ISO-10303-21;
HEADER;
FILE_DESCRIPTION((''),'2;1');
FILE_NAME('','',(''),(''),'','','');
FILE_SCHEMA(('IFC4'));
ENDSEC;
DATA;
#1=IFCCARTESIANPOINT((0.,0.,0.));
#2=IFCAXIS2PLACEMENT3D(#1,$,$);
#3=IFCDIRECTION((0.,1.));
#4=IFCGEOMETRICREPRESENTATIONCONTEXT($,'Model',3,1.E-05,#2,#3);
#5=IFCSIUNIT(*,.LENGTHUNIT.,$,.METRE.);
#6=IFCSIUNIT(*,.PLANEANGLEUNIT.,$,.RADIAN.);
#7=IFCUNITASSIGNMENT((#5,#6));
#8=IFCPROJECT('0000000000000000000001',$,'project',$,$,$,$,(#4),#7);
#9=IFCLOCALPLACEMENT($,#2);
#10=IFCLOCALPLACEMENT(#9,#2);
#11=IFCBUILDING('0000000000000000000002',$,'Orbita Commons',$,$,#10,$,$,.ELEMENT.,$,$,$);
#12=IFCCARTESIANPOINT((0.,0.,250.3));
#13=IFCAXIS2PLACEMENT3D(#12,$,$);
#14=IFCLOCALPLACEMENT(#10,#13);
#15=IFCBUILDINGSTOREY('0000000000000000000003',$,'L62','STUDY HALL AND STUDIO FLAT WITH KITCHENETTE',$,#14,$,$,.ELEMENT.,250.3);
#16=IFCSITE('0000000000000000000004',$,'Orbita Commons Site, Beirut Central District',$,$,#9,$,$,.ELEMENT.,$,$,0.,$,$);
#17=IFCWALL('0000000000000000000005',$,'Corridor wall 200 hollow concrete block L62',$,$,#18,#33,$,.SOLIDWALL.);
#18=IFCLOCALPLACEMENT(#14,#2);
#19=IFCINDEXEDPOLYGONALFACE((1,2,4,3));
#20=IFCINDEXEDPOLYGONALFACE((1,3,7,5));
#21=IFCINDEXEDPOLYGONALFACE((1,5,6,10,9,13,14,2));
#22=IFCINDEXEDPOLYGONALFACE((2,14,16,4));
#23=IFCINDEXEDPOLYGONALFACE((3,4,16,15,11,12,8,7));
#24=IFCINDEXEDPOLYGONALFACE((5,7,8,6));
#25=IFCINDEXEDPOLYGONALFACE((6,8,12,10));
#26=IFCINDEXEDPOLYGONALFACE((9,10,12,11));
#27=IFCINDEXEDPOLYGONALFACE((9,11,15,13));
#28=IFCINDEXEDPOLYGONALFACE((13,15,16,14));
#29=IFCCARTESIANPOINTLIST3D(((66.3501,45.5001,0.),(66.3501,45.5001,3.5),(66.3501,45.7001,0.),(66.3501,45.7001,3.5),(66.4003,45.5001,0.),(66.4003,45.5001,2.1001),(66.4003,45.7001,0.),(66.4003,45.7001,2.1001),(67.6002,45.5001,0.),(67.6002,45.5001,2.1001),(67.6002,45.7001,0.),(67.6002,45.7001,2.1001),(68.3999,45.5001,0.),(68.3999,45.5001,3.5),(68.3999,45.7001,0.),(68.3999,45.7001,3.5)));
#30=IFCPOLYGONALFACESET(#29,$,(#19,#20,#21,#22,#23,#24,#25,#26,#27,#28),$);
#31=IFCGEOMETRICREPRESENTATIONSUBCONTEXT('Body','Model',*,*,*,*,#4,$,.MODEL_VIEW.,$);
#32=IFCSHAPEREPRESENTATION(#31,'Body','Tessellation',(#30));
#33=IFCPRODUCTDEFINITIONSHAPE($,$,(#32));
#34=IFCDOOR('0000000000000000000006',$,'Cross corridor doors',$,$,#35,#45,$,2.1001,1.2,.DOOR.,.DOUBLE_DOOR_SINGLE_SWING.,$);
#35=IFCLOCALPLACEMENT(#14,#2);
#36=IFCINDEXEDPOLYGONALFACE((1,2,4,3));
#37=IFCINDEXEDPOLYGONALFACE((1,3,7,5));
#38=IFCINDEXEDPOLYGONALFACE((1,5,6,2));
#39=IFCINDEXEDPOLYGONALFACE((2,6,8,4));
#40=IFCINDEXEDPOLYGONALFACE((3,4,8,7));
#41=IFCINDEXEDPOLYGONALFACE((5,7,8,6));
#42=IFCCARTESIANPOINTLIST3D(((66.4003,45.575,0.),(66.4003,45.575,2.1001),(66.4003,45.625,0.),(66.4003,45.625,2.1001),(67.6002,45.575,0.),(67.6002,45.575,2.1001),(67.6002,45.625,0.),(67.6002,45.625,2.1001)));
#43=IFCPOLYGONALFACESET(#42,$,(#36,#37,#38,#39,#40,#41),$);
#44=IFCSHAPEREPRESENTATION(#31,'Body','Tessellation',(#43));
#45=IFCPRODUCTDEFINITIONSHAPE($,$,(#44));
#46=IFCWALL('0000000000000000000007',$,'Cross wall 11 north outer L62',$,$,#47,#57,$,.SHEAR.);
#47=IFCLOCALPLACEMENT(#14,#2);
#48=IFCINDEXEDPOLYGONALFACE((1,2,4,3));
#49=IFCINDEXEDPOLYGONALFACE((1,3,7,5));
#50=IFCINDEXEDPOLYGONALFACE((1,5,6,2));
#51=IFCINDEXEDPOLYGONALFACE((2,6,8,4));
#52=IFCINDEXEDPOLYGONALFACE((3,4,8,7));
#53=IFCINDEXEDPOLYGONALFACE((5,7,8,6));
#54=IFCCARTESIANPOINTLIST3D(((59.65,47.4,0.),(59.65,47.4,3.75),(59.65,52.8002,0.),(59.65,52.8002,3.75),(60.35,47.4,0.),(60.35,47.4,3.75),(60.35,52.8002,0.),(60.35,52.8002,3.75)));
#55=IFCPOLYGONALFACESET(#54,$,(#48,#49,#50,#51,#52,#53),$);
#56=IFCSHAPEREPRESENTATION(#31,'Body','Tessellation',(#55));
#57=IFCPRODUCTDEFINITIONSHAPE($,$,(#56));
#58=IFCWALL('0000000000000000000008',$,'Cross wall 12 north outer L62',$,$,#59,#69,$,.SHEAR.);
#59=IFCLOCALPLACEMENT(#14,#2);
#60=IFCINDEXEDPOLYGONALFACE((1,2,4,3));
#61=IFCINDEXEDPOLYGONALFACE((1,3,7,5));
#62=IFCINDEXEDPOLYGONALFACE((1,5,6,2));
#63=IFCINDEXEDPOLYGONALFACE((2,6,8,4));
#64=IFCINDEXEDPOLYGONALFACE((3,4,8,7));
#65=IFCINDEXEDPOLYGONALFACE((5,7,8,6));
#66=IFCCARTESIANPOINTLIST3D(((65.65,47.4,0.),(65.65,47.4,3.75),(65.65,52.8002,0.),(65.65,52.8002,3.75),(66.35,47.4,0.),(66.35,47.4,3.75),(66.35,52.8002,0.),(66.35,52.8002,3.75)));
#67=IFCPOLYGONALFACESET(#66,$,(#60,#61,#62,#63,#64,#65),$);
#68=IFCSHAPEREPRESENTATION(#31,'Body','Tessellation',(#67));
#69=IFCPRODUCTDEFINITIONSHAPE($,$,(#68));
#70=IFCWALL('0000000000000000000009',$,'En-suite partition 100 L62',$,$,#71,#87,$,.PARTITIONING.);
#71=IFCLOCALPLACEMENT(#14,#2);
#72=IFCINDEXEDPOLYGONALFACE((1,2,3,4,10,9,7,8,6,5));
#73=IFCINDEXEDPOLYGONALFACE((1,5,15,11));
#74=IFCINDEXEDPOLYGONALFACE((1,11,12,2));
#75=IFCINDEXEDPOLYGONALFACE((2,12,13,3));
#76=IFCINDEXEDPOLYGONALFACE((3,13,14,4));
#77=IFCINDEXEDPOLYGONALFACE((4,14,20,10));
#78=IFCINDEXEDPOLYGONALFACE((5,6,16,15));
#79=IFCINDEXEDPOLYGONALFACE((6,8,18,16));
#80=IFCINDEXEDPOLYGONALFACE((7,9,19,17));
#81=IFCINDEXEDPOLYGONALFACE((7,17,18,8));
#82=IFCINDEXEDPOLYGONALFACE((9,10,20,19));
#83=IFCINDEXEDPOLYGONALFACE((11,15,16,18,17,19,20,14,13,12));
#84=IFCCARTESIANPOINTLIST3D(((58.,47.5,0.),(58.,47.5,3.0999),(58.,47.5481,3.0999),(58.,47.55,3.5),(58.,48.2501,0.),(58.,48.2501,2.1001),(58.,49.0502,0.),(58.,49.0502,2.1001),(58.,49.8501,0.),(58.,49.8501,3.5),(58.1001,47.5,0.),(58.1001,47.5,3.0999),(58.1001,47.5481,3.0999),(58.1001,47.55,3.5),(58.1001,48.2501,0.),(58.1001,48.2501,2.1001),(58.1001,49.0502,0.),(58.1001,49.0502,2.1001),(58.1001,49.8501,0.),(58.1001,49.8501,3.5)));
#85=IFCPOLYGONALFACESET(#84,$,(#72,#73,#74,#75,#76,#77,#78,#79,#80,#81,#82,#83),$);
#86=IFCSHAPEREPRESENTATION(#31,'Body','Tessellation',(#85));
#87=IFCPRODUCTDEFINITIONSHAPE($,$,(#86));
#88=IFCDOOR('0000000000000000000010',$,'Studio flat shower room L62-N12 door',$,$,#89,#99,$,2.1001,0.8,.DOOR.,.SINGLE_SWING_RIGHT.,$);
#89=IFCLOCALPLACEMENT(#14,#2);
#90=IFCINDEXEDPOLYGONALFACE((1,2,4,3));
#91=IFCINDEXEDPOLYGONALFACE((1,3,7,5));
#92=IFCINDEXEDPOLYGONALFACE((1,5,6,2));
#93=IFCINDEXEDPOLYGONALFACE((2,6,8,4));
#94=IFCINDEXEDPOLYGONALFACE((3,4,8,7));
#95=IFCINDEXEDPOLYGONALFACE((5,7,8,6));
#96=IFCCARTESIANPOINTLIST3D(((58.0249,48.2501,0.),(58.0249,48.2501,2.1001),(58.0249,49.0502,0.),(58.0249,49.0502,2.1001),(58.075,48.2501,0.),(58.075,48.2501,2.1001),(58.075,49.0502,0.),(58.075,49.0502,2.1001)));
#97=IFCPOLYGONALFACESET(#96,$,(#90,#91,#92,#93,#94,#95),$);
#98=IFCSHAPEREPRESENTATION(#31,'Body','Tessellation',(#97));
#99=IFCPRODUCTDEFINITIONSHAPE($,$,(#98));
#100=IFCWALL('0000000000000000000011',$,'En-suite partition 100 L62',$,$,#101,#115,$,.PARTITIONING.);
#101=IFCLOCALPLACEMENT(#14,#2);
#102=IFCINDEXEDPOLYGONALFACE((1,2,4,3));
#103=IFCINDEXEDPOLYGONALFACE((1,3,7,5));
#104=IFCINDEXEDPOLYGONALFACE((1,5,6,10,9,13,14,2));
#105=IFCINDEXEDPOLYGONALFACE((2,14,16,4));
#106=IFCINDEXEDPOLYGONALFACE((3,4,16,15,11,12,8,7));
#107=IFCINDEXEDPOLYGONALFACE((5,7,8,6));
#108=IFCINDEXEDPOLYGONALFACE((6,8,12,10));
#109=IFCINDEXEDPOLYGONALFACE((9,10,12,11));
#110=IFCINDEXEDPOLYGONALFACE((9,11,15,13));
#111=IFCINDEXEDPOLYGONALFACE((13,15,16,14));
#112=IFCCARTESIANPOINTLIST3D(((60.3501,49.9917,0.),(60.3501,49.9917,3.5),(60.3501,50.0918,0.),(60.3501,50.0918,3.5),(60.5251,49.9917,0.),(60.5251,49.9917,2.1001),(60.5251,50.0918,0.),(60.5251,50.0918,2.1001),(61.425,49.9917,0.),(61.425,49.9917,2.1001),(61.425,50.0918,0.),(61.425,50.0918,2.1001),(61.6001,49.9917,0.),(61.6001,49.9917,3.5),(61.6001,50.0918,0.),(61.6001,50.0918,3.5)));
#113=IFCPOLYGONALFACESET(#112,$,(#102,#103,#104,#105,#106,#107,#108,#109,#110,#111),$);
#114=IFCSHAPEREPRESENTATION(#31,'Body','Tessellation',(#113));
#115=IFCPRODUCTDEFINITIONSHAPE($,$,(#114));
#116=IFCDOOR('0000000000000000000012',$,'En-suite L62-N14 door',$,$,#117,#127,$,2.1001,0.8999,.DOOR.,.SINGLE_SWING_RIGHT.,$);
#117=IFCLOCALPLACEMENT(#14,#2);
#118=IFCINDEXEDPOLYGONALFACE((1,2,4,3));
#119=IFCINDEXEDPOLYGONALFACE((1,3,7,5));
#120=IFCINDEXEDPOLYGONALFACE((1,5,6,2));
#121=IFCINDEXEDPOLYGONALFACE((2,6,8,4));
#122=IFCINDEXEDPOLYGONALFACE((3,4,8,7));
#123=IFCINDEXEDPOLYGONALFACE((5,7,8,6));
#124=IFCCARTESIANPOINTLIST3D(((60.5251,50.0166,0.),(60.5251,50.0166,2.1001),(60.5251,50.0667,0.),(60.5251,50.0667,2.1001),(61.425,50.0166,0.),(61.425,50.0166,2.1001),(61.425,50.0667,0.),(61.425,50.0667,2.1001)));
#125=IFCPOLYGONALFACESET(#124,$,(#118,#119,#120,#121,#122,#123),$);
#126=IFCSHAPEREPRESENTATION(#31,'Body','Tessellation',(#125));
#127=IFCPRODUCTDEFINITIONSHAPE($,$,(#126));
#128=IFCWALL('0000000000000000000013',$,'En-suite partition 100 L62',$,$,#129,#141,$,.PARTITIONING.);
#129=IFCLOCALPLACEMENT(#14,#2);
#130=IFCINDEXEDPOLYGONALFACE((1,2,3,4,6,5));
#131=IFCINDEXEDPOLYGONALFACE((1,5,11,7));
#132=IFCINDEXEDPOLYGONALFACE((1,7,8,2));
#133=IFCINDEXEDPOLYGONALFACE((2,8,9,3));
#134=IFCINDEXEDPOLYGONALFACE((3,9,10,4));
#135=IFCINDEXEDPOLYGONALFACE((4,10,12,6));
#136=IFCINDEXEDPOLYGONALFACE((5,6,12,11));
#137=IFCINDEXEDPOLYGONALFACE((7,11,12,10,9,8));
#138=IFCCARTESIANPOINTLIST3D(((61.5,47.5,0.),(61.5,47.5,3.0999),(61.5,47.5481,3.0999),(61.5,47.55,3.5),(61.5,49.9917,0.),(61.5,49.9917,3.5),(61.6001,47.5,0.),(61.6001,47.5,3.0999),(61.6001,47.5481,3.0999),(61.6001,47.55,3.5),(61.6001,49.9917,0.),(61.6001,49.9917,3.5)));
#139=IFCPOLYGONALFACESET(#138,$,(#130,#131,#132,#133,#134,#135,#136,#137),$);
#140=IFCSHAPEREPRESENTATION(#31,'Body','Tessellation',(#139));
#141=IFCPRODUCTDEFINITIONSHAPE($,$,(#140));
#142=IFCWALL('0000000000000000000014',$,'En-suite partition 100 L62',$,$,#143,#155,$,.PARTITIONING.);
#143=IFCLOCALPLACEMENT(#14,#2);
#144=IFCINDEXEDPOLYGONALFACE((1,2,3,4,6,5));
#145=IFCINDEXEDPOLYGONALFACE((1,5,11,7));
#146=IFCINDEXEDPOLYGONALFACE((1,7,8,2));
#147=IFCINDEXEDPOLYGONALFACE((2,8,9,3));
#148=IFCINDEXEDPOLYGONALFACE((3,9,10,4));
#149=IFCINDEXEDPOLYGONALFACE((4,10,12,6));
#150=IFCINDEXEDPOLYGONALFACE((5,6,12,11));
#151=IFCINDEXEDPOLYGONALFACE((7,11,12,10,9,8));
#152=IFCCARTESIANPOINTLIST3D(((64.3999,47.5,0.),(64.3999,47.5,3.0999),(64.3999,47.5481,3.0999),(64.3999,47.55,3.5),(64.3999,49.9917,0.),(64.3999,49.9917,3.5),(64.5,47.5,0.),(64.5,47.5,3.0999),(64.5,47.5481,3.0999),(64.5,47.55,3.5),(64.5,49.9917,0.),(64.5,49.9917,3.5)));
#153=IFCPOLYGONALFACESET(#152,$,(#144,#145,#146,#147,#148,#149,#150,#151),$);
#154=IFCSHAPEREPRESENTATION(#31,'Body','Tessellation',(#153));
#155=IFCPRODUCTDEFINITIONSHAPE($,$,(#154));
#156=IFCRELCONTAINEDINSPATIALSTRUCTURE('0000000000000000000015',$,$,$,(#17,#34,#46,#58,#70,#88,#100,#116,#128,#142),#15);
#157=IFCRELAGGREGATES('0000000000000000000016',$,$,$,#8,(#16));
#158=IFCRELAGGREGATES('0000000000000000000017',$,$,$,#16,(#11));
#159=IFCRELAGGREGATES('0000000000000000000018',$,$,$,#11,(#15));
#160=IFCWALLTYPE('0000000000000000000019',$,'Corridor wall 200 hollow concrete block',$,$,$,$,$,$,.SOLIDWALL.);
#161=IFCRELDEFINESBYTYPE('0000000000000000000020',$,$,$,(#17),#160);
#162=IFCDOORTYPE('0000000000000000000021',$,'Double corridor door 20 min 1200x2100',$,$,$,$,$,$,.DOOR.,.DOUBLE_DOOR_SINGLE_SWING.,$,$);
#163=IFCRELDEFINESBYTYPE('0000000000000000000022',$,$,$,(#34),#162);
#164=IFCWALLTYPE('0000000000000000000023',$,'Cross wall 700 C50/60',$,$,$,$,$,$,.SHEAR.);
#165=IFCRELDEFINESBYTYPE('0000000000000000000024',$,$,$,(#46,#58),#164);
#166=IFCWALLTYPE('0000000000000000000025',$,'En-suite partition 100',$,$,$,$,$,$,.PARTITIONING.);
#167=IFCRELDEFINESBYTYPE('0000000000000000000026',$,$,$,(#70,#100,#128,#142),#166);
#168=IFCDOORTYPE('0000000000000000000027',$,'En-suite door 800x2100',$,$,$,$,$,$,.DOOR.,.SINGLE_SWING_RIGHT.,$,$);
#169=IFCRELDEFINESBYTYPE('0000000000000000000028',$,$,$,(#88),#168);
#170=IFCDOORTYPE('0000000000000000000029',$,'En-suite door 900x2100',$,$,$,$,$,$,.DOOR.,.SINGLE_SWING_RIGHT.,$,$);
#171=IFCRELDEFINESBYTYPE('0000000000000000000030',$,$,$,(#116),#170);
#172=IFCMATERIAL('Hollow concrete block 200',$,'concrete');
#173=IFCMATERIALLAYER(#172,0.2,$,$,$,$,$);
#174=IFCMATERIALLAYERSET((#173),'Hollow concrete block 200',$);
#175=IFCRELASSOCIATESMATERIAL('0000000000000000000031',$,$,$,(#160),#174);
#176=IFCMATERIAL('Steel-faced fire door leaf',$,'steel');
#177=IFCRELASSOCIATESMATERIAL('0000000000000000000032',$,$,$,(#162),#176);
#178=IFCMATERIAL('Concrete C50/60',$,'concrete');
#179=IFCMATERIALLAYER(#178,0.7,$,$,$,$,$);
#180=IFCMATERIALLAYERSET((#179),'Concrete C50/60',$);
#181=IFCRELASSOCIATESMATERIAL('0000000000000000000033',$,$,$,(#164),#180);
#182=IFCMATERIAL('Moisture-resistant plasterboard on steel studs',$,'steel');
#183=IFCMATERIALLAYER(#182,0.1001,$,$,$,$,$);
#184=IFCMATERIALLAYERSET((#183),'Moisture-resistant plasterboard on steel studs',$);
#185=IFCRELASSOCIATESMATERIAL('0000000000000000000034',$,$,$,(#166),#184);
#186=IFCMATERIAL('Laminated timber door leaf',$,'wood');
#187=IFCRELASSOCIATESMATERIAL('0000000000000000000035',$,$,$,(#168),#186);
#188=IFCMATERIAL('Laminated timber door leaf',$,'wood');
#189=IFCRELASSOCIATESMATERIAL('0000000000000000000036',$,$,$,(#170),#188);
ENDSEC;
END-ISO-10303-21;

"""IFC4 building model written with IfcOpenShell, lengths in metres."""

from ifc_helpers import new_model, si_unit, direction, frame, frame_2d, origin, place, context, subcontext, project, spatial, polyline, rectangle, outline, extrude, material, layer, layer_set, type_object, element, fill, save


model = new_model("IFC4")

# Units and contexts
model_context = context("Model", 3, precision=1e-05, world=origin(), true_north=direction((0.0, 1.0)))
body_context = subcontext(model_context, "Body", "Model", "MODEL_VIEW")
ifc_project = project(units=[si_unit("LENGTHUNIT", "METRE"), si_unit("PLANEANGLEUNIT", "RADIAN")], contexts=[model_context])

# Site, building, storey
site_placement = place(None, origin())
site = spatial("IfcSite", under=ifc_project, at=site_placement, Name="Orbita Commons Site, Beirut Central District", CompositionType="ELEMENT", RefElevation=0.0)
building_placement = place(site_placement, origin())
building = spatial("IfcBuilding", under=site, at=building_placement, Name="Orbita Commons", CompositionType="ELEMENT")
storey_placement = place(building_placement, frame((0.0, 0.0, 250.3)))
storey = spatial("IfcBuildingStorey", under=building, at=storey_placement, Name="L62", Description="STUDY HALL AND STUDIO FLAT WITH KITCHENETTE", CompositionType="ELEMENT", Elevation=250.3)

# Wall, opening, door
ifc_material_1 = material(Name="Hollow concrete block 200", Category="concrete")
ifc_layer_1 = layer(ifc_material_1, 0.2)
ifc_layer_set_1 = layer_set([ifc_layer_1], Name="Hollow concrete block 200")
wall_type_1 = type_object("IfcWallType", Name="Corridor wall 200 hollow concrete block", PredefinedType="SOLIDWALL", material=ifc_layer_set_1)
wall_1_placement = place(storey_placement, frame((66.3501, 45.6001, 0.0), z_axis=(0.0, 0.0, 1.0), x_axis=(1.0, 0.0, 0.0)))
wall_1 = element("IfcWall", 1, at=wall_1_placement, inside=storey, type_object=wall_type_1, Name="Corridor wall 200 hollow concrete block L62", PredefinedType="SOLIDWALL", context=body_context, shape_type="SweptSolid", body=[
    extrude(rectangle(XDim=2.0498, YDim=0.2, at=frame_2d((1.0249, 0.0))), origin(), (0.0, 0.0, 1.0), 3.5),
])
opening_1_placement = place(wall_1_placement, frame((0.05, 0.0, 0.0)))
opening_1 = element("IfcOpeningElement", 2, at=opening_1_placement, cuts=wall_1, PredefinedType="OPENING", context=body_context, shape_type="SweptSolid", body=[
    extrude(rectangle(XDim=1.2, YDim=2.1001, at=frame_2d((0.6001, 1.05))), frame((0.0, 0.1099, 0.0), z_axis=(0.0, -1.0, 0.0), x_axis=(1.0, 0.0, 0.0)), (0.0, 0.0, 1.0), 0.22),
])
ifc_material_2 = material(Name="Steel-faced fire door leaf", Category="steel")
door_type_1 = type_object("IfcDoorType", Name="Double corridor door 20 min 1200x2100", OperationType="DOUBLE_DOOR_SINGLE_SWING", PredefinedType="DOOR", material=ifc_material_2)
door_1_placement = place(opening_1_placement, origin())
door_1 = element("IfcDoor", 3, at=door_1_placement, inside=storey, type_object=door_type_1, Name="Cross corridor doors", OperationType="DOUBLE_DOOR_SINGLE_SWING", OverallHeight=2.1001, OverallWidth=1.2, PredefinedType="DOOR", context=body_context, shape_type="SweptSolid", body=[
    extrude(rectangle(XDim=1.2, YDim=2.1001, at=frame_2d((0.6001, 1.05))), frame((0.0, 0.0249, 0.0), z_axis=(0.0, -1.0, 0.0), x_axis=(1.0, 0.0, 0.0)), (0.0, 0.0, 1.0), 0.05),
])
fill(opening_1, door_1)

# Walls
ifc_material_3 = material(Name="Concrete C50/60", Category="concrete")
ifc_layer_2 = layer(ifc_material_3, 0.7)
ifc_layer_set_2 = layer_set([ifc_layer_2], Name="Concrete C50/60")
wall_type_2 = type_object("IfcWallType", Name="Cross wall 700 C50/60", PredefinedType="SHEAR", material=ifc_layer_set_2)
for number, where, z_axis, x_axis, name in (
    (4, (60.0, 47.3999, 0.0), (0.0, 0.0, 1.0), (0.0, 1.0, 0.0), "Cross wall 11 north outer L62"),
    (5, (66.0, 47.3999, 0.0), (0.0, 0.0, 1.0), (0.0, 1.0, 0.0), "Cross wall 12 north outer L62"),
):
    element("IfcWall", number, at=place(storey_placement, frame(where, z_axis=z_axis, x_axis=x_axis)), inside=storey, type_object=wall_type_2, Name=name, PredefinedType="SHEAR", context=body_context, shape_type="SweptSolid", body=[
        extrude(rectangle(XDim=5.4001, YDim=0.7, at=frame_2d((2.7002, 0.0))), origin(), (0.0, 0.0, 1.0), 3.75),
    ])

# Walls, openings, doors
ifc_material_4 = material(Name="Moisture-resistant plasterboard on steel studs", Category="steel")
ifc_layer_3 = layer(ifc_material_4, 0.1001)
ifc_layer_set_3 = layer_set([ifc_layer_3], Name="Moisture-resistant plasterboard on steel studs")
wall_type_3 = type_object("IfcWallType", Name="En-suite partition 100", PredefinedType="PARTITIONING", material=ifc_layer_set_3)
wall_2_placement = place(storey_placement, frame((58.05, 49.8501, 0.0), z_axis=(0.0, 0.0, 1.0), x_axis=(0.0, -1.0, 0.0)))
wall_2 = element("IfcWall", 6, at=wall_2_placement, inside=storey, type_object=wall_type_3, Name="En-suite partition 100 L62", PredefinedType="PARTITIONING", context=body_context, shape_type="SweptSolid", body=[
    extrude(outline(polyline([(0.0, 0.0), (2.3501, 0.0), (2.3501, 3.0999), (2.302, 3.0999), (2.3, 3.5), (0.0, 3.5), (0.0, 0.0)])), frame((0.0, 0.05, 0.0), z_axis=(0.0, -1.0, 0.0), x_axis=(1.0, 0.0, 0.0)), (0.0, 0.0, 1.0), 0.1001),
])
opening_2_placement = place(wall_2_placement, frame((0.8, 0.0, 0.0)))
opening_2 = element("IfcOpeningElement", 7, at=opening_2_placement, cuts=wall_2, PredefinedType="OPENING", context=body_context, shape_type="SweptSolid", body=[
    extrude(rectangle(XDim=0.8, YDim=2.1001, at=frame_2d((0.3999, 1.05))), frame((0.0, 0.0601, 0.0), z_axis=(0.0, -1.0, 0.0), x_axis=(1.0, 0.0, 0.0)), (0.0, 0.0, 1.0), 0.1201),
])
ifc_material_5 = material(Name="Laminated timber door leaf", Category="wood")
door_type_2 = type_object("IfcDoorType", Name="En-suite door 800x2100", OperationType="SINGLE_SWING_RIGHT", PredefinedType="DOOR", material=ifc_material_5)
door_2_placement = place(opening_2_placement, origin())
door_2 = element("IfcDoor", 8, at=door_2_placement, inside=storey, type_object=door_type_2, Name="Studio flat shower room L62-N12 door", OperationType="SINGLE_SWING_RIGHT", OverallHeight=2.1001, OverallWidth=0.8, PredefinedType="DOOR", context=body_context, shape_type="SweptSolid", body=[
    extrude(rectangle(XDim=0.8, YDim=2.1001, at=frame_2d((0.3999, 1.05))), frame((0.0, 0.0249, 0.0), z_axis=(0.0, -1.0, 0.0), x_axis=(1.0, 0.0, 0.0)), (0.0, 0.0, 1.0), 0.05),
])
fill(opening_2, door_2)
wall_3_placement = place(storey_placement, frame((60.3501, 50.0417, 0.0), z_axis=(0.0, 0.0, 1.0), x_axis=(1.0, 0.0, 0.0)))
wall_3 = element("IfcWall", 9, at=wall_3_placement, inside=storey, type_object=wall_type_3, Name="En-suite partition 100 L62", PredefinedType="PARTITIONING", context=body_context, shape_type="SweptSolid", body=[
    extrude(rectangle(XDim=1.25, YDim=0.1001, at=frame_2d((0.625, 0.0))), origin(), (0.0, 0.0, 1.0), 3.5),
])
opening_3_placement = place(wall_3_placement, frame((0.175, 0.0, 0.0)))
opening_3 = element("IfcOpeningElement", 10, at=opening_3_placement, cuts=wall_3, PredefinedType="OPENING", context=body_context, shape_type="SweptSolid", body=[
    extrude(rectangle(XDim=0.8999, YDim=2.1001, at=frame_2d((0.45, 1.05))), frame((0.0, 0.0601, 0.0), z_axis=(0.0, -1.0, 0.0), x_axis=(1.0, 0.0, 0.0)), (0.0, 0.0, 1.0), 0.1201),
])
ifc_material_6 = material(Name="Laminated timber door leaf", Category="wood")
door_type_3 = type_object("IfcDoorType", Name="En-suite door 900x2100", OperationType="SINGLE_SWING_RIGHT", PredefinedType="DOOR", material=ifc_material_6)
door_3_placement = place(opening_3_placement, origin())
door_3 = element("IfcDoor", 11, at=door_3_placement, inside=storey, type_object=door_type_3, Name="En-suite L62-N14 door", OperationType="SINGLE_SWING_RIGHT", OverallHeight=2.1001, OverallWidth=0.8999, PredefinedType="DOOR", context=body_context, shape_type="SweptSolid", body=[
    extrude(rectangle(XDim=0.8999, YDim=2.1001, at=frame_2d((0.45, 1.05))), frame((0.0, 0.0249, 0.0), z_axis=(0.0, -1.0, 0.0), x_axis=(1.0, 0.0, 0.0)), (0.0, 0.0, 1.0), 0.05),
])
fill(opening_3, door_3)

# Walls
for number, where, z_axis, x_axis, name in (
    (12, (61.55, 49.9917, 0.0), (0.0, 0.0, 1.0), (0.0, -1.0, 0.0), "En-suite partition 100 L62"),
    (13, (64.45, 49.9917, 0.0), (0.0, 0.0, 1.0), (0.0, -1.0, 0.0), "En-suite partition 100 L62"),
):
    element("IfcWall", number, at=place(storey_placement, frame(where, z_axis=z_axis, x_axis=x_axis)), inside=storey, type_object=wall_type_3, Name=name, PredefinedType="PARTITIONING", context=body_context, shape_type="SweptSolid", body=[
        extrude(outline(polyline([(0.0, 0.0), (2.4917, 0.0), (2.4917, 3.0999), (2.4436, 3.0999), (2.4417, 3.5), (0.0, 3.5), (0.0, 0.0)])), frame((0.0, 0.05, 0.0), z_axis=(0.0, -1.0, 0.0), x_axis=(1.0, 0.0, 0.0)), (0.0, 0.0, 1.0), 0.1001),
    ])

save(model, "model.ifc")
